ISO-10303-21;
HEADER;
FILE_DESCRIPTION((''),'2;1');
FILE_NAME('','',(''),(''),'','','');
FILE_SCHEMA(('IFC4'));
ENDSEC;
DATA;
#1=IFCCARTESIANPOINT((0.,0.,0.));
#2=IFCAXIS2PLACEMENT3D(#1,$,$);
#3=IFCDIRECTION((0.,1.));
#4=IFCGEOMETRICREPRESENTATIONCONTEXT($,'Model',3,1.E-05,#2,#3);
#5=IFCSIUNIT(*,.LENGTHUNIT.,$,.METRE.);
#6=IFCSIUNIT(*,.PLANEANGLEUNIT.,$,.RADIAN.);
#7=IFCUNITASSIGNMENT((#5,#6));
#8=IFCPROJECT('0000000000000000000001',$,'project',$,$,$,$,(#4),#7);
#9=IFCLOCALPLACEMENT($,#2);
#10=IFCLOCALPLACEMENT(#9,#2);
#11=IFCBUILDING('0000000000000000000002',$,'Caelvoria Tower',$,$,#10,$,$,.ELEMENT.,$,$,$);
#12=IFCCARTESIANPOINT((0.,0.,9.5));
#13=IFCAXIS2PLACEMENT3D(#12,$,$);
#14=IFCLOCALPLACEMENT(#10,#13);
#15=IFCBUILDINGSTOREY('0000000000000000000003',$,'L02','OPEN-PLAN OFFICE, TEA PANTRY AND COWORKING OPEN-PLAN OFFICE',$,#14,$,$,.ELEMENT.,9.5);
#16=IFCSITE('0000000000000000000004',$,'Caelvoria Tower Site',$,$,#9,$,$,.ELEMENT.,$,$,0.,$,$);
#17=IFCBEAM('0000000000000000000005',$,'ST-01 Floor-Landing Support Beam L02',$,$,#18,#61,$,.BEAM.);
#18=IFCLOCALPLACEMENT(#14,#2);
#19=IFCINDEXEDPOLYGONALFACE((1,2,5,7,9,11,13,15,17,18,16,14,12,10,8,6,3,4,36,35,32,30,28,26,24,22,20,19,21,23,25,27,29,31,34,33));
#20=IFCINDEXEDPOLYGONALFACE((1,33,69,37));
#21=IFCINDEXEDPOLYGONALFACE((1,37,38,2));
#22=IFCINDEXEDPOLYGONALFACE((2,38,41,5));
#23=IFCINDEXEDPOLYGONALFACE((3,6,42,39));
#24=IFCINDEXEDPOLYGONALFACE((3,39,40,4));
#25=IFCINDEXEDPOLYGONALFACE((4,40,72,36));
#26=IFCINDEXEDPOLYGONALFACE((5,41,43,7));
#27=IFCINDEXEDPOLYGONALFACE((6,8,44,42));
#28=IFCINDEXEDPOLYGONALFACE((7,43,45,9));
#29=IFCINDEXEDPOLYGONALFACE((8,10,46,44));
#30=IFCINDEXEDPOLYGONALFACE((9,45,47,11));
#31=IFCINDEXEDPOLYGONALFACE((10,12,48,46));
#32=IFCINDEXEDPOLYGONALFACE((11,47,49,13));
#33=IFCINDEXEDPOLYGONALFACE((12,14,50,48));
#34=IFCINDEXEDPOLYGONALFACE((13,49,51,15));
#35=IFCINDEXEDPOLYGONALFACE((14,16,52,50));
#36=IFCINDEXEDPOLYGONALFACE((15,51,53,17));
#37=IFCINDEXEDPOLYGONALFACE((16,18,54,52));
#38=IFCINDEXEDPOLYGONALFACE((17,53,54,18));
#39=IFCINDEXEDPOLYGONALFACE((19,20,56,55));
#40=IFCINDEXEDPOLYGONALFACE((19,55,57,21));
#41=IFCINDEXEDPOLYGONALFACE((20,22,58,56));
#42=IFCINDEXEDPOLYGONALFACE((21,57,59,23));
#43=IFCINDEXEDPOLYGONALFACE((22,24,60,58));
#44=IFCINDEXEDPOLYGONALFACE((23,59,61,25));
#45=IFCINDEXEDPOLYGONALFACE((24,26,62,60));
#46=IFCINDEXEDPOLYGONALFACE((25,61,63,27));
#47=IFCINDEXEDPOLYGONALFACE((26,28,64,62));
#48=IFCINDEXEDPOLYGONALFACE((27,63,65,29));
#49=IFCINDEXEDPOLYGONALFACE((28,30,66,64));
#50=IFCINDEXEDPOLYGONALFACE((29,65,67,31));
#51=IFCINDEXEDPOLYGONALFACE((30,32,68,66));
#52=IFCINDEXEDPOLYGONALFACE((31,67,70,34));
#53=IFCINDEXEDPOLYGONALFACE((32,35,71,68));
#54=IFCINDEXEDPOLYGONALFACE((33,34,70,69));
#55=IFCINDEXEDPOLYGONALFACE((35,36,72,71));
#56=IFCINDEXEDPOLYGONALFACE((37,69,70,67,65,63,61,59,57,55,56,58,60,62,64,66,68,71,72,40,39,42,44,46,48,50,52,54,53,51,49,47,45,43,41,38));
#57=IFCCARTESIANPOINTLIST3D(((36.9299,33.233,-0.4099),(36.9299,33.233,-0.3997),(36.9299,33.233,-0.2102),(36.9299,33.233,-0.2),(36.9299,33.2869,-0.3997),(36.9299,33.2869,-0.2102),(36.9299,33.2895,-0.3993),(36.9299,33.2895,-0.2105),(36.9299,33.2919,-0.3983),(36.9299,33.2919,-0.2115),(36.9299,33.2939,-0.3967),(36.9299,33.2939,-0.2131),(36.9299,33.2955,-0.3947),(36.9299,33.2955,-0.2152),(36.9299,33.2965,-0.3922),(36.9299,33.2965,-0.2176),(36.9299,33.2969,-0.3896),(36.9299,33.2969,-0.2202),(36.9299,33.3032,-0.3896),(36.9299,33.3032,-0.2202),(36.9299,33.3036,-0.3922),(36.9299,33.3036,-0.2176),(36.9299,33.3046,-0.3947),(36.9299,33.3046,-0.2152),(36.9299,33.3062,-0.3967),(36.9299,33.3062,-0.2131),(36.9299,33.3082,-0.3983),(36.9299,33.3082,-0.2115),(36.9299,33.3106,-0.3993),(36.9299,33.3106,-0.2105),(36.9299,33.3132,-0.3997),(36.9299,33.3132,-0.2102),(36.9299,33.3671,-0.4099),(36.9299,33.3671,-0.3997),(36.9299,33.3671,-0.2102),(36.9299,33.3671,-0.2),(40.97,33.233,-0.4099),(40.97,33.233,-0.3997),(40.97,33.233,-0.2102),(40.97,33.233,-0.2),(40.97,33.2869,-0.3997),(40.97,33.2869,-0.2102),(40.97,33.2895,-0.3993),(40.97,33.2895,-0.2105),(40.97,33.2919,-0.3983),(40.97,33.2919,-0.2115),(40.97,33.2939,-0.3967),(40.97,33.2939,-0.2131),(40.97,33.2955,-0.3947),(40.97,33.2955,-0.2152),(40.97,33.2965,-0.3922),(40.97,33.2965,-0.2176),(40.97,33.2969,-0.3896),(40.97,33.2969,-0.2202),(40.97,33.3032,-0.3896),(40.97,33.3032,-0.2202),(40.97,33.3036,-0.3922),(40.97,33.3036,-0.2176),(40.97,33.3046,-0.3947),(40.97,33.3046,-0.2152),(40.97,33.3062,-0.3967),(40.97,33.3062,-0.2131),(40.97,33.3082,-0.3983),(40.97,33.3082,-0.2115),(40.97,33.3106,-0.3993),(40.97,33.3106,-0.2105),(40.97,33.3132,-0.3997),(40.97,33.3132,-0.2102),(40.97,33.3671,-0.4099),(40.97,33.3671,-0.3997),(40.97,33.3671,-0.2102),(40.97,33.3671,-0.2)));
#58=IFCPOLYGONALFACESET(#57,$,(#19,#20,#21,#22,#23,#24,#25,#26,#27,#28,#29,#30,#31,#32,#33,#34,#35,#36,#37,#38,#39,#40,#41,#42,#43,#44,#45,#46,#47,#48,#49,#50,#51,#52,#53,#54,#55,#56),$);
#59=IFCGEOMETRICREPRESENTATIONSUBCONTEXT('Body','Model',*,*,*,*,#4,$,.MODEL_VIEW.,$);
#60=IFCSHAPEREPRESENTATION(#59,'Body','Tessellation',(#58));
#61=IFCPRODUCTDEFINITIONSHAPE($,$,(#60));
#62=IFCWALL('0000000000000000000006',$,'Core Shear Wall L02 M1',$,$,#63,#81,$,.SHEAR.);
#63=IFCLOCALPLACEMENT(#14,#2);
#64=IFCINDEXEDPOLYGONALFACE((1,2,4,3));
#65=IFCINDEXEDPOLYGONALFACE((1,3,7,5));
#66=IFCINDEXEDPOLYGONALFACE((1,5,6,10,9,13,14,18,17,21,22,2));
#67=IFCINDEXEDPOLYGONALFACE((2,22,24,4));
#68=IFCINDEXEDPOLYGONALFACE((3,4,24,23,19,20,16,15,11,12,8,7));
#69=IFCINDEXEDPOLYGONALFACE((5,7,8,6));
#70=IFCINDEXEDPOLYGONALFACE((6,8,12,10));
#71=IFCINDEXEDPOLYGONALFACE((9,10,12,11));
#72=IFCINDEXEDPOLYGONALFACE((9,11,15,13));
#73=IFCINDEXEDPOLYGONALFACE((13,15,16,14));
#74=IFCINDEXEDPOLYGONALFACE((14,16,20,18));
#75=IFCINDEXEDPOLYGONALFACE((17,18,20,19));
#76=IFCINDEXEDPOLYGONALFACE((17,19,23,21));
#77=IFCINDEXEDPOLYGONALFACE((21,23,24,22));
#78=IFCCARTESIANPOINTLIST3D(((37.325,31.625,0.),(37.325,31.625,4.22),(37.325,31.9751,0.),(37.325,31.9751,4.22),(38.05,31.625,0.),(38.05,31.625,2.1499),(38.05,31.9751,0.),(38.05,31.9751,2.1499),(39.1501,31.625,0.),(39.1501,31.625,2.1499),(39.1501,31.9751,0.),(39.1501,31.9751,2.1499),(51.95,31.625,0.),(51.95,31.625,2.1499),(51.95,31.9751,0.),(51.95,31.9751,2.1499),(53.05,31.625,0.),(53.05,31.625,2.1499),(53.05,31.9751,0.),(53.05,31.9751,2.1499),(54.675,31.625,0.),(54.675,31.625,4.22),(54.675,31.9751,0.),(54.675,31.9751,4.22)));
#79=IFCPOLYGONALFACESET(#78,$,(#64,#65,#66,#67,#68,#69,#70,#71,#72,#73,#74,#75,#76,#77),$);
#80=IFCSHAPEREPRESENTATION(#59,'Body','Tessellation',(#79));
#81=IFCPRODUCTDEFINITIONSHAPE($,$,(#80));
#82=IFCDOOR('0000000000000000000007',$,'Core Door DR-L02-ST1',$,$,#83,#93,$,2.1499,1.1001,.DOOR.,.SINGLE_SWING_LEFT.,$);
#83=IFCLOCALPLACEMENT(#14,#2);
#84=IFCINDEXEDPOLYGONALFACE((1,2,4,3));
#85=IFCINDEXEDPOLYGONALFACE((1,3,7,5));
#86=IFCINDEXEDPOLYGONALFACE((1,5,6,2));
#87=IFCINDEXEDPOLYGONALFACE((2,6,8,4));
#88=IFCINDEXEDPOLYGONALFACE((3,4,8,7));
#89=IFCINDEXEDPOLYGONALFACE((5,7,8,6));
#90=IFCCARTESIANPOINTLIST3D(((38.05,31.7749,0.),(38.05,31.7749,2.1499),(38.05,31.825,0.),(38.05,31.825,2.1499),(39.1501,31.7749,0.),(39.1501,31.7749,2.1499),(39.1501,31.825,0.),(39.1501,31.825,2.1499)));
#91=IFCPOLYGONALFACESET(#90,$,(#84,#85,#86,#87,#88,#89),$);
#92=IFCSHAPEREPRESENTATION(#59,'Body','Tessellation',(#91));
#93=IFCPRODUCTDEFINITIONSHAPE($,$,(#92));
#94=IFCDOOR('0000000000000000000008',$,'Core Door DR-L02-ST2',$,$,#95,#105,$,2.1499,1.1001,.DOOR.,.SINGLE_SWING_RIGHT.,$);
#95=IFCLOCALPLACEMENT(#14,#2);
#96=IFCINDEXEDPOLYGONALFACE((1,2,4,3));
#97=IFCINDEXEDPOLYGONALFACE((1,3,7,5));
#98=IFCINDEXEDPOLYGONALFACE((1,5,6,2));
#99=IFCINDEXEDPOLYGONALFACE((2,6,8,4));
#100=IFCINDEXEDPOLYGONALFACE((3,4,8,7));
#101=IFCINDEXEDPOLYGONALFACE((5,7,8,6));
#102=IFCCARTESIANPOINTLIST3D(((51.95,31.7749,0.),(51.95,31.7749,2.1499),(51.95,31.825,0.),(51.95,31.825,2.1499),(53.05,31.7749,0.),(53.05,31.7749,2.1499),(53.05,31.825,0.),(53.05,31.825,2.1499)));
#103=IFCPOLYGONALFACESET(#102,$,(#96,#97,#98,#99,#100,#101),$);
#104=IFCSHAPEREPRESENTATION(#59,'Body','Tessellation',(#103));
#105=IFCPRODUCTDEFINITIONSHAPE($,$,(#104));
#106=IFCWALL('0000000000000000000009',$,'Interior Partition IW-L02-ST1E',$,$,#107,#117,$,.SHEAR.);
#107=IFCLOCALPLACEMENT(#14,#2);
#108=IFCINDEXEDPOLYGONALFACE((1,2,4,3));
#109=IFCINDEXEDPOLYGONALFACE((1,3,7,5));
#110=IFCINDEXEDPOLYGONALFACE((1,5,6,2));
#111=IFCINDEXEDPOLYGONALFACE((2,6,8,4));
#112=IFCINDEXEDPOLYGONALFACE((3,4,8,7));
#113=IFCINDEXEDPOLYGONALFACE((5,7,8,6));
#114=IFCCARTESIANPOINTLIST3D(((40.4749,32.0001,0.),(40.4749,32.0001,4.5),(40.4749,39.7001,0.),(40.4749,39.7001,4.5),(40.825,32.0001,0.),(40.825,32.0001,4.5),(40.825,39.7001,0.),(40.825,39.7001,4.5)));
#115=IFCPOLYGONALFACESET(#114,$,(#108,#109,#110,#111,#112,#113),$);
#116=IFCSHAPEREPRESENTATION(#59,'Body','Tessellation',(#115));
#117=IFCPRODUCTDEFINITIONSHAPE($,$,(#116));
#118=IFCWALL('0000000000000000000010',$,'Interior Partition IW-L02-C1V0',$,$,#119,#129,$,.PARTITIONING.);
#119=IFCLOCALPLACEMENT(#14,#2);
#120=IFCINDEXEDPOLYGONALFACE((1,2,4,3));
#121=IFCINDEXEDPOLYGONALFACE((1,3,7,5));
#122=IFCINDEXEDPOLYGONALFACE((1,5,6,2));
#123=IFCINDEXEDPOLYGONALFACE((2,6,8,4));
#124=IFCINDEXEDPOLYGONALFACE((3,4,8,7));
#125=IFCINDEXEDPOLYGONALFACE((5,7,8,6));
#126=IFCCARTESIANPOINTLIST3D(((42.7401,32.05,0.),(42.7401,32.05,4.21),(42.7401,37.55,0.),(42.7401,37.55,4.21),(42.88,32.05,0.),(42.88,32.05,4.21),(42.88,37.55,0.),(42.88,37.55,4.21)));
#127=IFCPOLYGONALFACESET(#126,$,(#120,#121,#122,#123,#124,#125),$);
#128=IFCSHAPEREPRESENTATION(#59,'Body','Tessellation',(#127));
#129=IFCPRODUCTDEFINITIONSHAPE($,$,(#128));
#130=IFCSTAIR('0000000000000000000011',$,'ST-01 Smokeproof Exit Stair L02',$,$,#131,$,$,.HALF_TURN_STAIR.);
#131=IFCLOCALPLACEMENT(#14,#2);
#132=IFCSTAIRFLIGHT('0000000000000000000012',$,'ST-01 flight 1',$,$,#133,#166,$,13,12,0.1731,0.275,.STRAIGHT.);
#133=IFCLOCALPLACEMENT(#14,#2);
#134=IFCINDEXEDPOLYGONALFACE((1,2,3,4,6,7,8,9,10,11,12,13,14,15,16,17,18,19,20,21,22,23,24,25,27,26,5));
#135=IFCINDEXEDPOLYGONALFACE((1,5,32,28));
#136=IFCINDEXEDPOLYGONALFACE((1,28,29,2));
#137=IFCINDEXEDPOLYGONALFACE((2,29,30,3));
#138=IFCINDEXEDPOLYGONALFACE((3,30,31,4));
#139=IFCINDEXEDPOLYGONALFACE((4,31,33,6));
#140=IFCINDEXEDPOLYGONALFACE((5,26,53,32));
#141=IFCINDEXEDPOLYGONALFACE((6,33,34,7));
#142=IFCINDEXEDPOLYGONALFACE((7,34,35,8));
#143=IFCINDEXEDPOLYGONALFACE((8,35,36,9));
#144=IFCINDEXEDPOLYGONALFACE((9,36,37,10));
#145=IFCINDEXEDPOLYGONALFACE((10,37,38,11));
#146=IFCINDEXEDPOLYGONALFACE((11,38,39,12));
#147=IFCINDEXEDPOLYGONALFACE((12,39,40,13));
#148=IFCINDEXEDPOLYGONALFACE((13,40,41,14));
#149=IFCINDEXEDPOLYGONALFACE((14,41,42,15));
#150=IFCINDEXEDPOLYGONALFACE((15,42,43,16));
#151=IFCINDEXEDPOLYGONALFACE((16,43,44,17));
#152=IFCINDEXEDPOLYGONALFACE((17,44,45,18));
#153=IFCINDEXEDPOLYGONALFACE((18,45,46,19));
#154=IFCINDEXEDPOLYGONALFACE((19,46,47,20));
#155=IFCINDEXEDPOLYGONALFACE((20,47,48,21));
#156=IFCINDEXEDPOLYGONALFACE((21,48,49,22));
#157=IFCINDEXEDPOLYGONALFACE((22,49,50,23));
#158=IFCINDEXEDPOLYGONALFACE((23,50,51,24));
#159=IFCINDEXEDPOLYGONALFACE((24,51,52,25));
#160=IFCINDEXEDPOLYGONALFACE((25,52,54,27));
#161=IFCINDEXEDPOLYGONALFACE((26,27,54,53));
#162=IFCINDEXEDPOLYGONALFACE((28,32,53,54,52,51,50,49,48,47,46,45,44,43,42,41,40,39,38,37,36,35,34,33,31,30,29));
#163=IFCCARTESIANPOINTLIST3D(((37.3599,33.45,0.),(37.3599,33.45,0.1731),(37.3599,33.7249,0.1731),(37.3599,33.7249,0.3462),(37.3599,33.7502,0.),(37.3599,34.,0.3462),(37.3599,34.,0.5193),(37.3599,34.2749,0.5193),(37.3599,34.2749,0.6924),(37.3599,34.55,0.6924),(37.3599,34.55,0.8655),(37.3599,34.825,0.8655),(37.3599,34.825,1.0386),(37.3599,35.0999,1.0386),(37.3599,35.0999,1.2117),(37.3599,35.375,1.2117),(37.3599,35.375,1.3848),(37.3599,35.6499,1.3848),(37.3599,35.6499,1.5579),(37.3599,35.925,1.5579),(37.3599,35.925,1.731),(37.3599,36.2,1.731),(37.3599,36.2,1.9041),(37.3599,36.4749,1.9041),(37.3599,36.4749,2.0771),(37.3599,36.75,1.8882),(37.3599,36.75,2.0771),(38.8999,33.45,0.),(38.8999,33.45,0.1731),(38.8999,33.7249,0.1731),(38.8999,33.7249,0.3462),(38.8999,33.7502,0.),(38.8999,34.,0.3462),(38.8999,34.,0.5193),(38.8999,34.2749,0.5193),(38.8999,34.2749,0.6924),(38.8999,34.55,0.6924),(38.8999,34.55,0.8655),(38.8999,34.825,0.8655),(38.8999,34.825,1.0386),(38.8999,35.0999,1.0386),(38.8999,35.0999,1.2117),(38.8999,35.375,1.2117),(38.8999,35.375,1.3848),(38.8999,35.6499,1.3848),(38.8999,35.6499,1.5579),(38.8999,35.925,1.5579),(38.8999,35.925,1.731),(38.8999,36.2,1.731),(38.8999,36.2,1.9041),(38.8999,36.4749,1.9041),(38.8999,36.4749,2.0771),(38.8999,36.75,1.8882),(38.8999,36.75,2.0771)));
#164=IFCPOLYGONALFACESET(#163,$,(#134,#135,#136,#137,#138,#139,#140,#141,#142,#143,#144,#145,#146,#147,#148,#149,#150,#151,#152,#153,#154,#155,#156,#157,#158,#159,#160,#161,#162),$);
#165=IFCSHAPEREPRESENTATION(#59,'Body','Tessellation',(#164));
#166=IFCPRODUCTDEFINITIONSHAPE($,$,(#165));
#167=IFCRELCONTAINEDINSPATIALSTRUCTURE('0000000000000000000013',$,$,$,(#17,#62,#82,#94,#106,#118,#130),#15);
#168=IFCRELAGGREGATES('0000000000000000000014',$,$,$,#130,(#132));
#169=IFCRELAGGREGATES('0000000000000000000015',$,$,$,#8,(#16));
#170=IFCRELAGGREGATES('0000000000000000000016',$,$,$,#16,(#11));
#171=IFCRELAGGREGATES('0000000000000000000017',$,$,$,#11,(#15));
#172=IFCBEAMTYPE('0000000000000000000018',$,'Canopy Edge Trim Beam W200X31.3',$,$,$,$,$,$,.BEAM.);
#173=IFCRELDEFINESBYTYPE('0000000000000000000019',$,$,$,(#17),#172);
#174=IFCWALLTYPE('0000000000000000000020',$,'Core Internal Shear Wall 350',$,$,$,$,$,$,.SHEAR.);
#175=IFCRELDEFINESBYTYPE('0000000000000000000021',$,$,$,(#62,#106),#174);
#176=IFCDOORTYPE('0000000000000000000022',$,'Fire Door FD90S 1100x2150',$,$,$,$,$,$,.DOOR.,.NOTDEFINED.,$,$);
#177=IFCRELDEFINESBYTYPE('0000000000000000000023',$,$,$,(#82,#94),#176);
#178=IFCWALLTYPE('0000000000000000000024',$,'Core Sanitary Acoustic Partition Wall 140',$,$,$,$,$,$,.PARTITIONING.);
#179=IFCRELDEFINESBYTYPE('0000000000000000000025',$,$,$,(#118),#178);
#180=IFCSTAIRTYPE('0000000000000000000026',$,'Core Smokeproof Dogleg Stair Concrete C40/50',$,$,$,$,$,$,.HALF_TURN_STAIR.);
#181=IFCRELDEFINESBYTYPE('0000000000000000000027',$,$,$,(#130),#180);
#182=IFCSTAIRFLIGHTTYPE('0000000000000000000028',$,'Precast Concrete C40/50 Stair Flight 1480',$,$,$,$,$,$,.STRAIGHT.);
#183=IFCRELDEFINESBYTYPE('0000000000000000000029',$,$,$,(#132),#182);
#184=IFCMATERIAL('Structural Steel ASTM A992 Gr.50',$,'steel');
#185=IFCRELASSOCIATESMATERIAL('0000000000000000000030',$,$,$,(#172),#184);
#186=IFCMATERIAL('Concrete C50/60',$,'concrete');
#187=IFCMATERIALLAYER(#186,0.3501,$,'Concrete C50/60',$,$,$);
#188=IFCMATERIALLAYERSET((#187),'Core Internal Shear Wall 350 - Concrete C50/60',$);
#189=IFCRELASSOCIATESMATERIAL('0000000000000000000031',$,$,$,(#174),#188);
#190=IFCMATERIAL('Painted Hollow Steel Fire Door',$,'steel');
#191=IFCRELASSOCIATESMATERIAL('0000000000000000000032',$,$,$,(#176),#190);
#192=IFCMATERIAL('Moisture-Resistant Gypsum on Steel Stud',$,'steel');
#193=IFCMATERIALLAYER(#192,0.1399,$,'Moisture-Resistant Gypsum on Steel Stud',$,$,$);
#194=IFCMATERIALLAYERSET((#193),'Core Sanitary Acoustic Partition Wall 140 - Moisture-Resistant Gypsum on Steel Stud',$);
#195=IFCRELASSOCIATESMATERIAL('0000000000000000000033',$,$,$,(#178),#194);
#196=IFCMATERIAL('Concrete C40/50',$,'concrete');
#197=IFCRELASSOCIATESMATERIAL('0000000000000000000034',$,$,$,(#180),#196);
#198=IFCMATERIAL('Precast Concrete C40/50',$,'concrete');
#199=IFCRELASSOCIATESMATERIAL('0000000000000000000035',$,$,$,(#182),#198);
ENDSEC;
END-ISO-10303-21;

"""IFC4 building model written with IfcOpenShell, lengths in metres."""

from ifc_helpers import new_model, si_unit, direction, frame, frame_2d, origin, origin_2d, place, context, subcontext, project, spatial, polyline, rectangle, i_section, outline, extrude, material, layer, layer_set, material_profile, profile_set, type_object, element, fill, aggregate, save


model = new_model("IFC4")

# Units and contexts
model_context = context("Model", 3, precision=1e-05, world=origin(), true_north=direction((0.0, 1.0)))
body_context = subcontext(model_context, "Body", "Model", "MODEL_VIEW")
ifc_project = project(units=[si_unit("LENGTHUNIT", "METRE"), si_unit("PLANEANGLEUNIT", "RADIAN")], contexts=[model_context])

# Site, building, storey
site_placement = place(None, origin())
site = spatial("IfcSite", under=ifc_project, at=site_placement, Name="Caelvoria Tower Site", CompositionType="ELEMENT", RefElevation=0.0)
building_placement = place(site_placement, origin())
building = spatial("IfcBuilding", under=site, at=building_placement, Name="Caelvoria Tower", CompositionType="ELEMENT")
storey_placement = place(building_placement, frame((0.0, 0.0, 9.5)))
storey = spatial("IfcBuildingStorey", under=building, at=storey_placement, Name="L02", Description="OPEN-PLAN OFFICE, TEA PANTRY AND COWORKING OPEN-PLAN OFFICE", CompositionType="ELEMENT", Elevation=9.5)

# Beam
ifc_material_1 = material(Name="Structural Steel ASTM A992 Gr.50", Category="steel")
ifc_material_profile = material_profile(ifc_material_1, i_section(OverallWidth=0.134, OverallDepth=0.21, WebThickness=0.0063, FlangeThickness=0.0103, FilletRadius=0.01, at=origin_2d()), Name="Structural Steel ASTM A992 Gr.50")
ifc_profile_set = profile_set([ifc_material_profile], Name="W200X31.3 - Structural Steel ASTM A992 Gr.50")
beam_type = type_object("IfcBeamType", Name="Canopy Edge Trim Beam W200X31.3", PredefinedType="BEAM", material=ifc_profile_set)
beam_placement = place(storey_placement, frame((36.9299, 33.3, -0.3049), z_axis=(1.0, 0.0, 0.0), x_axis=(0.0, 1.0, 0.0)))
element("IfcBeam", 1, at=beam_placement, inside=storey, type_object=beam_type, Name="ST-01 Floor-Landing Support Beam L02", PredefinedType="BEAM", context=body_context, shape_type="SweptSolid", body=[
    extrude(i_section(OverallWidth=0.134, OverallDepth=0.21, WebThickness=0.0063, FlangeThickness=0.0103, FilletRadius=0.01, at=origin_2d()), origin(), (0.0, 0.0, 1.0), 4.04),
])

# Wall, openings, doors
ifc_material_2 = material(Name="Concrete C50/60", Category="concrete")
ifc_layer_1 = layer(ifc_material_2, 0.3501, Name="Concrete C50/60")
ifc_layer_set_1 = layer_set([ifc_layer_1], Name="Core Internal Shear Wall 350 - Concrete C50/60")
wall_type_1 = type_object("IfcWallType", Name="Core Internal Shear Wall 350", PredefinedType="SHEAR", material=ifc_layer_set_1)
wall_1_placement = place(storey_placement, frame((37.325, 31.8, 0.0), z_axis=(0.0, 0.0, 1.0), x_axis=(1.0, 0.0, 0.0)))
wall_1 = element("IfcWall", 2, at=wall_1_placement, inside=storey, type_object=wall_type_1, Name="Core Shear Wall L02 M1", PredefinedType="SHEAR", context=body_context, shape_type="SweptSolid", body=[
    extrude(rectangle(XDim=17.3501, YDim=0.3501, at=frame_2d((8.675, 0.0))), origin(), (0.0, 0.0, 1.0), 4.22),
])
opening_1_placement = place(wall_1_placement, frame((0.7251, 0.0, 0.0)))
opening_1 = element("IfcOpeningElement", 3, at=opening_1_placement, cuts=wall_1, PredefinedType="OPENING", context=body_context, shape_type="SweptSolid", body=[
    extrude(rectangle(XDim=1.1001, YDim=2.1499, at=frame_2d((0.55, 1.075))), frame((0.0, 0.1851, 0.0), z_axis=(0.0, -1.0, 0.0), x_axis=(1.0, 0.0, 0.0)), (0.0, 0.0, 1.0), 0.3701),
])
opening_2_placement = place(wall_1_placement, frame((14.625, 0.0, 0.0)))
opening_2 = element("IfcOpeningElement", 4, at=opening_2_placement, cuts=wall_1, PredefinedType="OPENING", context=body_context, shape_type="SweptSolid", body=[
    extrude(rectangle(XDim=1.1001, YDim=2.1499, at=frame_2d((0.55, 1.075))), frame((0.0, 0.1851, 0.0), z_axis=(0.0, -1.0, 0.0), x_axis=(1.0, 0.0, 0.0)), (0.0, 0.0, 1.0), 0.3701),
])
ifc_material_3 = material(Name="Painted Hollow Steel Fire Door", Category="steel")
door_type = type_object("IfcDoorType", Name="Fire Door FD90S 1100x2150", OperationType="NOTDEFINED", PredefinedType="DOOR", material=ifc_material_3)
door_1_placement = place(opening_1_placement, origin())
door_1 = element("IfcDoor", 5, at=door_1_placement, inside=storey, type_object=door_type, Name="Core Door DR-L02-ST1", OperationType="SINGLE_SWING_LEFT", OverallHeight=2.1499, OverallWidth=1.1001, PredefinedType="DOOR", context=body_context, shape_type="SweptSolid", body=[
    extrude(rectangle(XDim=1.1001, YDim=2.1499, at=frame_2d((0.55, 1.075))), frame((0.0, 0.0249, 0.0), z_axis=(0.0, -1.0, 0.0), x_axis=(1.0, 0.0, 0.0)), (0.0, 0.0, 1.0), 0.05),
])
fill(opening_1, door_1)
door_2_placement = place(opening_2_placement, origin())
door_2 = element("IfcDoor", 6, at=door_2_placement, inside=storey, type_object=door_type, Name="Core Door DR-L02-ST2", OperationType="SINGLE_SWING_RIGHT", OverallHeight=2.1499, OverallWidth=1.1001, PredefinedType="DOOR", context=body_context, shape_type="SweptSolid", body=[
    extrude(rectangle(XDim=1.1001, YDim=2.1499, at=frame_2d((0.55, 1.075))), frame((0.0, 0.0249, 0.0), z_axis=(0.0, -1.0, 0.0), x_axis=(1.0, 0.0, 0.0)), (0.0, 0.0, 1.0), 0.05),
])
fill(opening_2, door_2)

# Walls
wall_2_placement = place(storey_placement, frame((40.6499, 32.0, 0.0), z_axis=(0.0, 0.0, 1.0), x_axis=(0.0, 1.0, 0.0)))
element("IfcWall", 7, at=wall_2_placement, inside=storey, type_object=wall_type_1, Name="Interior Partition IW-L02-ST1E", PredefinedType="SHEAR", context=body_context, shape_type="SweptSolid", body=[
    extrude(rectangle(XDim=7.7, YDim=0.3501, at=frame_2d((3.8501, 0.0))), origin(), (0.0, 0.0, 1.0), 4.5),
])
ifc_material_4 = material(Name="Moisture-Resistant Gypsum on Steel Stud", Category="steel")
ifc_layer_2 = layer(ifc_material_4, 0.1399, Name="Moisture-Resistant Gypsum on Steel Stud")
ifc_layer_set_2 = layer_set([ifc_layer_2], Name="Core Sanitary Acoustic Partition Wall 140 - Moisture-Resistant Gypsum on Steel Stud")
wall_type_2 = type_object("IfcWallType", Name="Core Sanitary Acoustic Partition Wall 140", PredefinedType="PARTITIONING", material=ifc_layer_set_2)
wall_3_placement = place(storey_placement, frame((42.8101, 32.05, 0.0), z_axis=(0.0, 0.0, 1.0), x_axis=(0.0, 1.0, 0.0)))
element("IfcWall", 8, at=wall_3_placement, inside=storey, type_object=wall_type_2, Name="Interior Partition IW-L02-C1V0", PredefinedType="PARTITIONING", context=body_context, shape_type="SweptSolid", body=[
    extrude(rectangle(XDim=5.5, YDim=0.1399, at=frame_2d((2.75, 0.0))), origin(), (0.0, 0.0, 1.0), 4.21),
])

# Stair, stair flight
ifc_material_5 = material(Name="Concrete C40/50", Category="concrete")
stair_type = type_object("IfcStairType", Name="Core Smokeproof Dogleg Stair Concrete C40/50", PredefinedType="HALF_TURN_STAIR", material=ifc_material_5)
stair_1_placement = place(storey_placement, origin())
stair_1 = element("IfcStair", 9, at=stair_1_placement, inside=storey, type_object=stair_type, Name="ST-01 Smokeproof Exit Stair L02", PredefinedType="HALF_TURN_STAIR")
ifc_material_6 = material(Name="Precast Concrete C40/50", Category="concrete")
stair_flight_type = type_object("IfcStairFlightType", Name="Precast Concrete C40/50 Stair Flight 1480", PredefinedType="STRAIGHT", material=ifc_material_6)
stair_flight_1_placement = place(storey_placement, frame((38.1299, 33.45, 0.0), z_axis=(0.0, 0.0, 1.0), x_axis=(0.0, 1.0, 0.0)))
stair_flight_1 = element("IfcStairFlight", 10, at=stair_flight_1_placement, type_object=stair_flight_type, Name="ST-01 flight 1", NumberOfRisers=13, NumberOfTreads=12, PredefinedType="STRAIGHT", RiserHeight=0.1731, TreadLength=0.275, context=body_context, shape_type="SweptSolid", body=[
    extrude(outline(polyline([(0.0, 0.0), (0.0, 0.1731), (0.2749, 0.1731), (0.2749, 0.3462), (0.55, 0.3462), (0.55, 0.5193), (0.825, 0.5193), (0.825, 0.6924), (1.1001, 0.6924), (1.1001, 0.8655), (1.375, 0.8655), (1.375, 1.0386), (1.6499, 1.0386), (1.6499, 1.2117), (1.925, 1.2117), (1.925, 1.3848), (2.2, 1.3848), (2.2, 1.5579), (2.4751, 1.5579), (2.4751, 1.731), (2.75, 1.731), (2.75, 1.9041), (3.0249, 1.9041), (3.0249, 2.0771), (3.3, 2.0771), (3.3, 2.2502), (3.3, 1.8882), (0.3003, 0.0), (0.0, 0.0)])), frame((0.0, 0.77, 0.0), z_axis=(0.0, -1.0, 0.0), x_axis=(1.0, 0.0, 0.0)), (0.0, 0.0, 1.0), 1.54),
])
aggregate(stair_1, [stair_flight_1])

save(model, "model.ifc")
